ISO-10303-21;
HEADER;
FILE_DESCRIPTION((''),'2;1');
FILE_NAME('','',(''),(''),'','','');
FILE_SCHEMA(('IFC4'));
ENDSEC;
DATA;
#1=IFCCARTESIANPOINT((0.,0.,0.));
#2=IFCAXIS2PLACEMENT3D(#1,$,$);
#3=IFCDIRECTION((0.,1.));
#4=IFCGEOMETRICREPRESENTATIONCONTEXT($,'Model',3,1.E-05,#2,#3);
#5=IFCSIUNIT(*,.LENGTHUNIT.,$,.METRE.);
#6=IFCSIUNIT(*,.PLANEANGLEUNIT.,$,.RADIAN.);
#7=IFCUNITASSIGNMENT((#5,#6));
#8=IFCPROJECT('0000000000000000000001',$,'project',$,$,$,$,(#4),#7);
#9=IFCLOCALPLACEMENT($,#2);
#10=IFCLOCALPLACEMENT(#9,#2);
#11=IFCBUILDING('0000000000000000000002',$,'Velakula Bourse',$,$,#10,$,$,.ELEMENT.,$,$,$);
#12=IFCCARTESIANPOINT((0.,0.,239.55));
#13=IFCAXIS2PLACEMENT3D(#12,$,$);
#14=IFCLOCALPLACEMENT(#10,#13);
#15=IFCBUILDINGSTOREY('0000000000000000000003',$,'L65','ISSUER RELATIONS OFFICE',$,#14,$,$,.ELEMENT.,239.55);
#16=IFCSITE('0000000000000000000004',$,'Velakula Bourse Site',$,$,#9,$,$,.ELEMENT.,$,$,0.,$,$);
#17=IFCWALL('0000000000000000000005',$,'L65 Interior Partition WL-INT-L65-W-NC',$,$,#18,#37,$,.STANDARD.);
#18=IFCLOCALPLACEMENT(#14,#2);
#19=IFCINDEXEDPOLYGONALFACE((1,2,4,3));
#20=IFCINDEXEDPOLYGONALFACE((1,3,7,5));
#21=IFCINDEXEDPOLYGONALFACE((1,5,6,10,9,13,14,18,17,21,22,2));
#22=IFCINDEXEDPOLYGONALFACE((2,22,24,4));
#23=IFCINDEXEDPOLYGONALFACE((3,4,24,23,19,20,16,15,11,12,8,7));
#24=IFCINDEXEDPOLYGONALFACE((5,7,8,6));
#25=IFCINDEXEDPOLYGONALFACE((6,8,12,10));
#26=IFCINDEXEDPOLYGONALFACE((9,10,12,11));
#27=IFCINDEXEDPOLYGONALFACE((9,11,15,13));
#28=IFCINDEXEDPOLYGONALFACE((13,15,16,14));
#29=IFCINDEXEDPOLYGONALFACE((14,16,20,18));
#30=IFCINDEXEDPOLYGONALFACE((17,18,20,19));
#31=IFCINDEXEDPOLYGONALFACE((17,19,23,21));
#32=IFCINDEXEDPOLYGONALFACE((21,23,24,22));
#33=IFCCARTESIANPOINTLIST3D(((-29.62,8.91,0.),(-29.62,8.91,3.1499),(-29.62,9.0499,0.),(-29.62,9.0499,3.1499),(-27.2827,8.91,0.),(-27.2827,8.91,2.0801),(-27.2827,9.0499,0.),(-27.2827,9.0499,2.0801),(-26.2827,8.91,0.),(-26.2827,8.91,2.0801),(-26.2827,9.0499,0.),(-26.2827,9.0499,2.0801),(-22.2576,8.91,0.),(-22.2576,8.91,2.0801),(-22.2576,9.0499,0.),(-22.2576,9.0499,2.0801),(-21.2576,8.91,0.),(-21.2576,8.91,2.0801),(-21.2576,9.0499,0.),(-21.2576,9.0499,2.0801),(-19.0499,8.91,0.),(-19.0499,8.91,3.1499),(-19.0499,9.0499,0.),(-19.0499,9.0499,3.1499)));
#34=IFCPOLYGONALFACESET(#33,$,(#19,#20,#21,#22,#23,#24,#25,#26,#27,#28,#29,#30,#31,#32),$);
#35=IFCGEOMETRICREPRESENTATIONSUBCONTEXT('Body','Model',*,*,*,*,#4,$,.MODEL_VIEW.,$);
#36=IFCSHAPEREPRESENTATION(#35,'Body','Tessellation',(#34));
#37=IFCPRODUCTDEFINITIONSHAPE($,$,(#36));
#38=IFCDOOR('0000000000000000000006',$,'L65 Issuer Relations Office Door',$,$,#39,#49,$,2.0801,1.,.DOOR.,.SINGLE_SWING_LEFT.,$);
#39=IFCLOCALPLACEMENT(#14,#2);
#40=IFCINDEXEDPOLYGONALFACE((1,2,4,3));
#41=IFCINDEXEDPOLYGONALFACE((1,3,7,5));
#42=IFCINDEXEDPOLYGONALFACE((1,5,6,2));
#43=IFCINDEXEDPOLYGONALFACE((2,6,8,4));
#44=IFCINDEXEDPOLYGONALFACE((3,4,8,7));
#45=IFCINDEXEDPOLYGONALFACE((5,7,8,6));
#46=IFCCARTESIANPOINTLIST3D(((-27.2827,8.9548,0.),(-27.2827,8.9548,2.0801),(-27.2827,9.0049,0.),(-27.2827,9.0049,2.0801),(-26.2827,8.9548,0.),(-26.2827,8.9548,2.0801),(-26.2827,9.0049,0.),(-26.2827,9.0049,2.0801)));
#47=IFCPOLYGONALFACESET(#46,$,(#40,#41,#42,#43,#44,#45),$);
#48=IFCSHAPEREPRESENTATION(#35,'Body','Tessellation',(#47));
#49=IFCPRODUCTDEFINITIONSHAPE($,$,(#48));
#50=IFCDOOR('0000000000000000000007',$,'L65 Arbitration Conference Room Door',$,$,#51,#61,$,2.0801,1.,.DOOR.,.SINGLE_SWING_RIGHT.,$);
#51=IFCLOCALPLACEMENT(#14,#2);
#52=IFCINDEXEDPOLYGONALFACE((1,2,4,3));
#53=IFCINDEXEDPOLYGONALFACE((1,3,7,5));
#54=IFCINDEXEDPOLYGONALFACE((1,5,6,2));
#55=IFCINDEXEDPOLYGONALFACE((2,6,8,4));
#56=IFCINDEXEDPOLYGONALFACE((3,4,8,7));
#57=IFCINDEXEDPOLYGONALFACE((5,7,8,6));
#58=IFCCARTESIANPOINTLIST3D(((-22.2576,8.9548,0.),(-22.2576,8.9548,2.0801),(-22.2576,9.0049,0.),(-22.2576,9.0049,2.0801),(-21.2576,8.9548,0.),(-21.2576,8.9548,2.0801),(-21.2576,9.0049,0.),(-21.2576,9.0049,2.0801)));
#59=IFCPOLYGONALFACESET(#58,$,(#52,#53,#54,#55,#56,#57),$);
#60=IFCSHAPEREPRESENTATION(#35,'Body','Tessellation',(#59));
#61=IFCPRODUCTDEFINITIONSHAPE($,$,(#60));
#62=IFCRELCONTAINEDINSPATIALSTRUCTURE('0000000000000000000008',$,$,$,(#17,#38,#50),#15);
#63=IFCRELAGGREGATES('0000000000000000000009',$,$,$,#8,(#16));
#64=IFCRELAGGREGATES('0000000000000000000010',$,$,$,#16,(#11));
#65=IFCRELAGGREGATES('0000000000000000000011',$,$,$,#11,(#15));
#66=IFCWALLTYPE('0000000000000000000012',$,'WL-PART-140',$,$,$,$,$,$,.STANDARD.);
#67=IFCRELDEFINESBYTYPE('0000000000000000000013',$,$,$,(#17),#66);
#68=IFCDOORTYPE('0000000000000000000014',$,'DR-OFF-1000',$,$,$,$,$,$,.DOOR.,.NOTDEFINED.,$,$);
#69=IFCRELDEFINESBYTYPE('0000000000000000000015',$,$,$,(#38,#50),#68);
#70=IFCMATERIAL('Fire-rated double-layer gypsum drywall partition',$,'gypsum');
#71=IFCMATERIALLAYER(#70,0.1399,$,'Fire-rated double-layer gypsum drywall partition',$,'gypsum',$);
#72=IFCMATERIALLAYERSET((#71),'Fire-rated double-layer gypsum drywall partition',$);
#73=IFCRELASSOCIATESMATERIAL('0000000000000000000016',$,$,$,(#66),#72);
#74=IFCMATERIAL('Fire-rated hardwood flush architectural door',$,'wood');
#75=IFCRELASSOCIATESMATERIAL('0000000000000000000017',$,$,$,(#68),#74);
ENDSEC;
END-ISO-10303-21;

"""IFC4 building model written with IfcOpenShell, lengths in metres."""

from ifc_helpers import new_model, si_unit, direction, frame, frame_2d, origin, place, context, subcontext, project, spatial, rectangle, extrude, material, layer, layer_set, type_object, element, fill, save


model = new_model("IFC4")

# Units and contexts
model_context = context("Model", 3, precision=1e-05, world=origin(), true_north=direction((0.0, 1.0)))
body_context = subcontext(model_context, "Body", "Model", "MODEL_VIEW")
ifc_project = project(units=[si_unit("LENGTHUNIT", "METRE"), si_unit("PLANEANGLEUNIT", "RADIAN")], contexts=[model_context])

# Site, building, storey
site_placement = place(None, origin())
site = spatial("IfcSite", under=ifc_project, at=site_placement, Name="Velakula Bourse Site", CompositionType="ELEMENT", RefElevation=0.0)
building_placement = place(site_placement, origin())
building = spatial("IfcBuilding", under=site, at=building_placement, Name="Velakula Bourse", CompositionType="ELEMENT")
storey_placement = place(building_placement, frame((0.0, 0.0, 239.55)))
storey = spatial("IfcBuildingStorey", under=building, at=storey_placement, Name="L65", Description="ISSUER RELATIONS OFFICE", CompositionType="ELEMENT", Elevation=239.55)

# Wall, openings, doors
ifc_material_1 = material(Name="Fire-rated double-layer gypsum drywall partition", Category="gypsum")
ifc_layer_1 = layer(ifc_material_1, 0.1399, Name="Fire-rated double-layer gypsum drywall partition", Category="gypsum")
ifc_layer_set_1 = layer_set([ifc_layer_1], Name="Fire-rated double-layer gypsum drywall partition")
wall_type_1 = type_object("IfcWallType", Name="WL-PART-140", PredefinedType="STANDARD", material=ifc_layer_set_1)
ifc_material_2 = material(Name="Fire-rated hardwood flush architectural door", Category="wood")
door_type = type_object("IfcDoorType", Name="DR-OFF-1000", OperationType="NOTDEFINED", PredefinedType="DOOR", material=ifc_material_2)
wall_1_placement = place(storey_placement, frame((-29.6201, 8.98, 0.0), z_axis=(0.0, 0.0, 1.0), x_axis=(1.0, 0.0, 0.0)))
wall_1 = element("IfcWall", 1, at=wall_1_placement, inside=storey, type_object=wall_type_1, Name="L65 Interior Partition WL-INT-L65-W-NC", PredefinedType="STANDARD", context=body_context, shape_type="SweptSolid", body=[
    extrude(rectangle(XDim=10.5701, YDim=0.1399, at=frame_2d((5.2852, 0.0))), origin(), (0.0, 0.0, 1.0), 3.1499),
])
opening_1_placement = place(wall_1_placement, frame((2.3374, 0.0, 0.0)))
opening_1 = element("IfcOpeningElement", 2, at=opening_1_placement, cuts=wall_1, PredefinedType="OPENING", context=body_context, shape_type="SweptSolid", body=[
    extrude(rectangle(XDim=1.0, YDim=2.0801, at=frame_2d((0.5, 1.04))), frame((0.0, 0.0798, 0.0), z_axis=(0.0, -1.0, 0.0), x_axis=(1.0, 0.0, 0.0)), (0.0, 0.0, 1.0), 0.1599),
])
opening_2_placement = place(wall_1_placement, frame((7.3625, 0.0, 0.0)))
opening_2 = element("IfcOpeningElement", 3, at=opening_2_placement, cuts=wall_1, PredefinedType="OPENING", context=body_context, shape_type="SweptSolid", body=[
    extrude(rectangle(XDim=1.0, YDim=2.0801, at=frame_2d((0.5, 1.04))), frame((0.0, 0.0798, 0.0), z_axis=(0.0, -1.0, 0.0), x_axis=(1.0, 0.0, 0.0)), (0.0, 0.0, 1.0), 0.1599),
])
door_1_placement = place(opening_1_placement, origin())
door_1 = element("IfcDoor", 4, at=door_1_placement, inside=storey, type_object=door_type, Name="L65 Issuer Relations Office Door", OperationType="SINGLE_SWING_LEFT", OverallHeight=2.0801, OverallWidth=1.0, PredefinedType="DOOR", context=body_context, shape_type="SweptSolid", body=[
    extrude(rectangle(XDim=1.0, YDim=2.0801, at=frame_2d((0.5, 1.04))), frame((0.0, 0.0249, 0.0), z_axis=(0.0, -1.0, 0.0), x_axis=(1.0, 0.0, 0.0)), (0.0, 0.0, 1.0), 0.05),
])
fill(opening_1, door_1)
door_2_placement = place(opening_2_placement, origin())
door_2 = element("IfcDoor", 5, at=door_2_placement, inside=storey, type_object=door_type, Name="L65 Arbitration Conference Room Door", OperationType="SINGLE_SWING_RIGHT", OverallHeight=2.0801, OverallWidth=1.0, PredefinedType="DOOR", context=body_context, shape_type="SweptSolid", body=[
    extrude(rectangle(XDim=1.0, YDim=2.0801, at=frame_2d((0.5, 1.04))), frame((0.0, 0.0249, 0.0), z_axis=(0.0, -1.0, 0.0), x_axis=(1.0, 0.0, 0.0)), (0.0, 0.0, 1.0), 0.05),
])
fill(opening_2, door_2)

save(model, "model.ifc")
